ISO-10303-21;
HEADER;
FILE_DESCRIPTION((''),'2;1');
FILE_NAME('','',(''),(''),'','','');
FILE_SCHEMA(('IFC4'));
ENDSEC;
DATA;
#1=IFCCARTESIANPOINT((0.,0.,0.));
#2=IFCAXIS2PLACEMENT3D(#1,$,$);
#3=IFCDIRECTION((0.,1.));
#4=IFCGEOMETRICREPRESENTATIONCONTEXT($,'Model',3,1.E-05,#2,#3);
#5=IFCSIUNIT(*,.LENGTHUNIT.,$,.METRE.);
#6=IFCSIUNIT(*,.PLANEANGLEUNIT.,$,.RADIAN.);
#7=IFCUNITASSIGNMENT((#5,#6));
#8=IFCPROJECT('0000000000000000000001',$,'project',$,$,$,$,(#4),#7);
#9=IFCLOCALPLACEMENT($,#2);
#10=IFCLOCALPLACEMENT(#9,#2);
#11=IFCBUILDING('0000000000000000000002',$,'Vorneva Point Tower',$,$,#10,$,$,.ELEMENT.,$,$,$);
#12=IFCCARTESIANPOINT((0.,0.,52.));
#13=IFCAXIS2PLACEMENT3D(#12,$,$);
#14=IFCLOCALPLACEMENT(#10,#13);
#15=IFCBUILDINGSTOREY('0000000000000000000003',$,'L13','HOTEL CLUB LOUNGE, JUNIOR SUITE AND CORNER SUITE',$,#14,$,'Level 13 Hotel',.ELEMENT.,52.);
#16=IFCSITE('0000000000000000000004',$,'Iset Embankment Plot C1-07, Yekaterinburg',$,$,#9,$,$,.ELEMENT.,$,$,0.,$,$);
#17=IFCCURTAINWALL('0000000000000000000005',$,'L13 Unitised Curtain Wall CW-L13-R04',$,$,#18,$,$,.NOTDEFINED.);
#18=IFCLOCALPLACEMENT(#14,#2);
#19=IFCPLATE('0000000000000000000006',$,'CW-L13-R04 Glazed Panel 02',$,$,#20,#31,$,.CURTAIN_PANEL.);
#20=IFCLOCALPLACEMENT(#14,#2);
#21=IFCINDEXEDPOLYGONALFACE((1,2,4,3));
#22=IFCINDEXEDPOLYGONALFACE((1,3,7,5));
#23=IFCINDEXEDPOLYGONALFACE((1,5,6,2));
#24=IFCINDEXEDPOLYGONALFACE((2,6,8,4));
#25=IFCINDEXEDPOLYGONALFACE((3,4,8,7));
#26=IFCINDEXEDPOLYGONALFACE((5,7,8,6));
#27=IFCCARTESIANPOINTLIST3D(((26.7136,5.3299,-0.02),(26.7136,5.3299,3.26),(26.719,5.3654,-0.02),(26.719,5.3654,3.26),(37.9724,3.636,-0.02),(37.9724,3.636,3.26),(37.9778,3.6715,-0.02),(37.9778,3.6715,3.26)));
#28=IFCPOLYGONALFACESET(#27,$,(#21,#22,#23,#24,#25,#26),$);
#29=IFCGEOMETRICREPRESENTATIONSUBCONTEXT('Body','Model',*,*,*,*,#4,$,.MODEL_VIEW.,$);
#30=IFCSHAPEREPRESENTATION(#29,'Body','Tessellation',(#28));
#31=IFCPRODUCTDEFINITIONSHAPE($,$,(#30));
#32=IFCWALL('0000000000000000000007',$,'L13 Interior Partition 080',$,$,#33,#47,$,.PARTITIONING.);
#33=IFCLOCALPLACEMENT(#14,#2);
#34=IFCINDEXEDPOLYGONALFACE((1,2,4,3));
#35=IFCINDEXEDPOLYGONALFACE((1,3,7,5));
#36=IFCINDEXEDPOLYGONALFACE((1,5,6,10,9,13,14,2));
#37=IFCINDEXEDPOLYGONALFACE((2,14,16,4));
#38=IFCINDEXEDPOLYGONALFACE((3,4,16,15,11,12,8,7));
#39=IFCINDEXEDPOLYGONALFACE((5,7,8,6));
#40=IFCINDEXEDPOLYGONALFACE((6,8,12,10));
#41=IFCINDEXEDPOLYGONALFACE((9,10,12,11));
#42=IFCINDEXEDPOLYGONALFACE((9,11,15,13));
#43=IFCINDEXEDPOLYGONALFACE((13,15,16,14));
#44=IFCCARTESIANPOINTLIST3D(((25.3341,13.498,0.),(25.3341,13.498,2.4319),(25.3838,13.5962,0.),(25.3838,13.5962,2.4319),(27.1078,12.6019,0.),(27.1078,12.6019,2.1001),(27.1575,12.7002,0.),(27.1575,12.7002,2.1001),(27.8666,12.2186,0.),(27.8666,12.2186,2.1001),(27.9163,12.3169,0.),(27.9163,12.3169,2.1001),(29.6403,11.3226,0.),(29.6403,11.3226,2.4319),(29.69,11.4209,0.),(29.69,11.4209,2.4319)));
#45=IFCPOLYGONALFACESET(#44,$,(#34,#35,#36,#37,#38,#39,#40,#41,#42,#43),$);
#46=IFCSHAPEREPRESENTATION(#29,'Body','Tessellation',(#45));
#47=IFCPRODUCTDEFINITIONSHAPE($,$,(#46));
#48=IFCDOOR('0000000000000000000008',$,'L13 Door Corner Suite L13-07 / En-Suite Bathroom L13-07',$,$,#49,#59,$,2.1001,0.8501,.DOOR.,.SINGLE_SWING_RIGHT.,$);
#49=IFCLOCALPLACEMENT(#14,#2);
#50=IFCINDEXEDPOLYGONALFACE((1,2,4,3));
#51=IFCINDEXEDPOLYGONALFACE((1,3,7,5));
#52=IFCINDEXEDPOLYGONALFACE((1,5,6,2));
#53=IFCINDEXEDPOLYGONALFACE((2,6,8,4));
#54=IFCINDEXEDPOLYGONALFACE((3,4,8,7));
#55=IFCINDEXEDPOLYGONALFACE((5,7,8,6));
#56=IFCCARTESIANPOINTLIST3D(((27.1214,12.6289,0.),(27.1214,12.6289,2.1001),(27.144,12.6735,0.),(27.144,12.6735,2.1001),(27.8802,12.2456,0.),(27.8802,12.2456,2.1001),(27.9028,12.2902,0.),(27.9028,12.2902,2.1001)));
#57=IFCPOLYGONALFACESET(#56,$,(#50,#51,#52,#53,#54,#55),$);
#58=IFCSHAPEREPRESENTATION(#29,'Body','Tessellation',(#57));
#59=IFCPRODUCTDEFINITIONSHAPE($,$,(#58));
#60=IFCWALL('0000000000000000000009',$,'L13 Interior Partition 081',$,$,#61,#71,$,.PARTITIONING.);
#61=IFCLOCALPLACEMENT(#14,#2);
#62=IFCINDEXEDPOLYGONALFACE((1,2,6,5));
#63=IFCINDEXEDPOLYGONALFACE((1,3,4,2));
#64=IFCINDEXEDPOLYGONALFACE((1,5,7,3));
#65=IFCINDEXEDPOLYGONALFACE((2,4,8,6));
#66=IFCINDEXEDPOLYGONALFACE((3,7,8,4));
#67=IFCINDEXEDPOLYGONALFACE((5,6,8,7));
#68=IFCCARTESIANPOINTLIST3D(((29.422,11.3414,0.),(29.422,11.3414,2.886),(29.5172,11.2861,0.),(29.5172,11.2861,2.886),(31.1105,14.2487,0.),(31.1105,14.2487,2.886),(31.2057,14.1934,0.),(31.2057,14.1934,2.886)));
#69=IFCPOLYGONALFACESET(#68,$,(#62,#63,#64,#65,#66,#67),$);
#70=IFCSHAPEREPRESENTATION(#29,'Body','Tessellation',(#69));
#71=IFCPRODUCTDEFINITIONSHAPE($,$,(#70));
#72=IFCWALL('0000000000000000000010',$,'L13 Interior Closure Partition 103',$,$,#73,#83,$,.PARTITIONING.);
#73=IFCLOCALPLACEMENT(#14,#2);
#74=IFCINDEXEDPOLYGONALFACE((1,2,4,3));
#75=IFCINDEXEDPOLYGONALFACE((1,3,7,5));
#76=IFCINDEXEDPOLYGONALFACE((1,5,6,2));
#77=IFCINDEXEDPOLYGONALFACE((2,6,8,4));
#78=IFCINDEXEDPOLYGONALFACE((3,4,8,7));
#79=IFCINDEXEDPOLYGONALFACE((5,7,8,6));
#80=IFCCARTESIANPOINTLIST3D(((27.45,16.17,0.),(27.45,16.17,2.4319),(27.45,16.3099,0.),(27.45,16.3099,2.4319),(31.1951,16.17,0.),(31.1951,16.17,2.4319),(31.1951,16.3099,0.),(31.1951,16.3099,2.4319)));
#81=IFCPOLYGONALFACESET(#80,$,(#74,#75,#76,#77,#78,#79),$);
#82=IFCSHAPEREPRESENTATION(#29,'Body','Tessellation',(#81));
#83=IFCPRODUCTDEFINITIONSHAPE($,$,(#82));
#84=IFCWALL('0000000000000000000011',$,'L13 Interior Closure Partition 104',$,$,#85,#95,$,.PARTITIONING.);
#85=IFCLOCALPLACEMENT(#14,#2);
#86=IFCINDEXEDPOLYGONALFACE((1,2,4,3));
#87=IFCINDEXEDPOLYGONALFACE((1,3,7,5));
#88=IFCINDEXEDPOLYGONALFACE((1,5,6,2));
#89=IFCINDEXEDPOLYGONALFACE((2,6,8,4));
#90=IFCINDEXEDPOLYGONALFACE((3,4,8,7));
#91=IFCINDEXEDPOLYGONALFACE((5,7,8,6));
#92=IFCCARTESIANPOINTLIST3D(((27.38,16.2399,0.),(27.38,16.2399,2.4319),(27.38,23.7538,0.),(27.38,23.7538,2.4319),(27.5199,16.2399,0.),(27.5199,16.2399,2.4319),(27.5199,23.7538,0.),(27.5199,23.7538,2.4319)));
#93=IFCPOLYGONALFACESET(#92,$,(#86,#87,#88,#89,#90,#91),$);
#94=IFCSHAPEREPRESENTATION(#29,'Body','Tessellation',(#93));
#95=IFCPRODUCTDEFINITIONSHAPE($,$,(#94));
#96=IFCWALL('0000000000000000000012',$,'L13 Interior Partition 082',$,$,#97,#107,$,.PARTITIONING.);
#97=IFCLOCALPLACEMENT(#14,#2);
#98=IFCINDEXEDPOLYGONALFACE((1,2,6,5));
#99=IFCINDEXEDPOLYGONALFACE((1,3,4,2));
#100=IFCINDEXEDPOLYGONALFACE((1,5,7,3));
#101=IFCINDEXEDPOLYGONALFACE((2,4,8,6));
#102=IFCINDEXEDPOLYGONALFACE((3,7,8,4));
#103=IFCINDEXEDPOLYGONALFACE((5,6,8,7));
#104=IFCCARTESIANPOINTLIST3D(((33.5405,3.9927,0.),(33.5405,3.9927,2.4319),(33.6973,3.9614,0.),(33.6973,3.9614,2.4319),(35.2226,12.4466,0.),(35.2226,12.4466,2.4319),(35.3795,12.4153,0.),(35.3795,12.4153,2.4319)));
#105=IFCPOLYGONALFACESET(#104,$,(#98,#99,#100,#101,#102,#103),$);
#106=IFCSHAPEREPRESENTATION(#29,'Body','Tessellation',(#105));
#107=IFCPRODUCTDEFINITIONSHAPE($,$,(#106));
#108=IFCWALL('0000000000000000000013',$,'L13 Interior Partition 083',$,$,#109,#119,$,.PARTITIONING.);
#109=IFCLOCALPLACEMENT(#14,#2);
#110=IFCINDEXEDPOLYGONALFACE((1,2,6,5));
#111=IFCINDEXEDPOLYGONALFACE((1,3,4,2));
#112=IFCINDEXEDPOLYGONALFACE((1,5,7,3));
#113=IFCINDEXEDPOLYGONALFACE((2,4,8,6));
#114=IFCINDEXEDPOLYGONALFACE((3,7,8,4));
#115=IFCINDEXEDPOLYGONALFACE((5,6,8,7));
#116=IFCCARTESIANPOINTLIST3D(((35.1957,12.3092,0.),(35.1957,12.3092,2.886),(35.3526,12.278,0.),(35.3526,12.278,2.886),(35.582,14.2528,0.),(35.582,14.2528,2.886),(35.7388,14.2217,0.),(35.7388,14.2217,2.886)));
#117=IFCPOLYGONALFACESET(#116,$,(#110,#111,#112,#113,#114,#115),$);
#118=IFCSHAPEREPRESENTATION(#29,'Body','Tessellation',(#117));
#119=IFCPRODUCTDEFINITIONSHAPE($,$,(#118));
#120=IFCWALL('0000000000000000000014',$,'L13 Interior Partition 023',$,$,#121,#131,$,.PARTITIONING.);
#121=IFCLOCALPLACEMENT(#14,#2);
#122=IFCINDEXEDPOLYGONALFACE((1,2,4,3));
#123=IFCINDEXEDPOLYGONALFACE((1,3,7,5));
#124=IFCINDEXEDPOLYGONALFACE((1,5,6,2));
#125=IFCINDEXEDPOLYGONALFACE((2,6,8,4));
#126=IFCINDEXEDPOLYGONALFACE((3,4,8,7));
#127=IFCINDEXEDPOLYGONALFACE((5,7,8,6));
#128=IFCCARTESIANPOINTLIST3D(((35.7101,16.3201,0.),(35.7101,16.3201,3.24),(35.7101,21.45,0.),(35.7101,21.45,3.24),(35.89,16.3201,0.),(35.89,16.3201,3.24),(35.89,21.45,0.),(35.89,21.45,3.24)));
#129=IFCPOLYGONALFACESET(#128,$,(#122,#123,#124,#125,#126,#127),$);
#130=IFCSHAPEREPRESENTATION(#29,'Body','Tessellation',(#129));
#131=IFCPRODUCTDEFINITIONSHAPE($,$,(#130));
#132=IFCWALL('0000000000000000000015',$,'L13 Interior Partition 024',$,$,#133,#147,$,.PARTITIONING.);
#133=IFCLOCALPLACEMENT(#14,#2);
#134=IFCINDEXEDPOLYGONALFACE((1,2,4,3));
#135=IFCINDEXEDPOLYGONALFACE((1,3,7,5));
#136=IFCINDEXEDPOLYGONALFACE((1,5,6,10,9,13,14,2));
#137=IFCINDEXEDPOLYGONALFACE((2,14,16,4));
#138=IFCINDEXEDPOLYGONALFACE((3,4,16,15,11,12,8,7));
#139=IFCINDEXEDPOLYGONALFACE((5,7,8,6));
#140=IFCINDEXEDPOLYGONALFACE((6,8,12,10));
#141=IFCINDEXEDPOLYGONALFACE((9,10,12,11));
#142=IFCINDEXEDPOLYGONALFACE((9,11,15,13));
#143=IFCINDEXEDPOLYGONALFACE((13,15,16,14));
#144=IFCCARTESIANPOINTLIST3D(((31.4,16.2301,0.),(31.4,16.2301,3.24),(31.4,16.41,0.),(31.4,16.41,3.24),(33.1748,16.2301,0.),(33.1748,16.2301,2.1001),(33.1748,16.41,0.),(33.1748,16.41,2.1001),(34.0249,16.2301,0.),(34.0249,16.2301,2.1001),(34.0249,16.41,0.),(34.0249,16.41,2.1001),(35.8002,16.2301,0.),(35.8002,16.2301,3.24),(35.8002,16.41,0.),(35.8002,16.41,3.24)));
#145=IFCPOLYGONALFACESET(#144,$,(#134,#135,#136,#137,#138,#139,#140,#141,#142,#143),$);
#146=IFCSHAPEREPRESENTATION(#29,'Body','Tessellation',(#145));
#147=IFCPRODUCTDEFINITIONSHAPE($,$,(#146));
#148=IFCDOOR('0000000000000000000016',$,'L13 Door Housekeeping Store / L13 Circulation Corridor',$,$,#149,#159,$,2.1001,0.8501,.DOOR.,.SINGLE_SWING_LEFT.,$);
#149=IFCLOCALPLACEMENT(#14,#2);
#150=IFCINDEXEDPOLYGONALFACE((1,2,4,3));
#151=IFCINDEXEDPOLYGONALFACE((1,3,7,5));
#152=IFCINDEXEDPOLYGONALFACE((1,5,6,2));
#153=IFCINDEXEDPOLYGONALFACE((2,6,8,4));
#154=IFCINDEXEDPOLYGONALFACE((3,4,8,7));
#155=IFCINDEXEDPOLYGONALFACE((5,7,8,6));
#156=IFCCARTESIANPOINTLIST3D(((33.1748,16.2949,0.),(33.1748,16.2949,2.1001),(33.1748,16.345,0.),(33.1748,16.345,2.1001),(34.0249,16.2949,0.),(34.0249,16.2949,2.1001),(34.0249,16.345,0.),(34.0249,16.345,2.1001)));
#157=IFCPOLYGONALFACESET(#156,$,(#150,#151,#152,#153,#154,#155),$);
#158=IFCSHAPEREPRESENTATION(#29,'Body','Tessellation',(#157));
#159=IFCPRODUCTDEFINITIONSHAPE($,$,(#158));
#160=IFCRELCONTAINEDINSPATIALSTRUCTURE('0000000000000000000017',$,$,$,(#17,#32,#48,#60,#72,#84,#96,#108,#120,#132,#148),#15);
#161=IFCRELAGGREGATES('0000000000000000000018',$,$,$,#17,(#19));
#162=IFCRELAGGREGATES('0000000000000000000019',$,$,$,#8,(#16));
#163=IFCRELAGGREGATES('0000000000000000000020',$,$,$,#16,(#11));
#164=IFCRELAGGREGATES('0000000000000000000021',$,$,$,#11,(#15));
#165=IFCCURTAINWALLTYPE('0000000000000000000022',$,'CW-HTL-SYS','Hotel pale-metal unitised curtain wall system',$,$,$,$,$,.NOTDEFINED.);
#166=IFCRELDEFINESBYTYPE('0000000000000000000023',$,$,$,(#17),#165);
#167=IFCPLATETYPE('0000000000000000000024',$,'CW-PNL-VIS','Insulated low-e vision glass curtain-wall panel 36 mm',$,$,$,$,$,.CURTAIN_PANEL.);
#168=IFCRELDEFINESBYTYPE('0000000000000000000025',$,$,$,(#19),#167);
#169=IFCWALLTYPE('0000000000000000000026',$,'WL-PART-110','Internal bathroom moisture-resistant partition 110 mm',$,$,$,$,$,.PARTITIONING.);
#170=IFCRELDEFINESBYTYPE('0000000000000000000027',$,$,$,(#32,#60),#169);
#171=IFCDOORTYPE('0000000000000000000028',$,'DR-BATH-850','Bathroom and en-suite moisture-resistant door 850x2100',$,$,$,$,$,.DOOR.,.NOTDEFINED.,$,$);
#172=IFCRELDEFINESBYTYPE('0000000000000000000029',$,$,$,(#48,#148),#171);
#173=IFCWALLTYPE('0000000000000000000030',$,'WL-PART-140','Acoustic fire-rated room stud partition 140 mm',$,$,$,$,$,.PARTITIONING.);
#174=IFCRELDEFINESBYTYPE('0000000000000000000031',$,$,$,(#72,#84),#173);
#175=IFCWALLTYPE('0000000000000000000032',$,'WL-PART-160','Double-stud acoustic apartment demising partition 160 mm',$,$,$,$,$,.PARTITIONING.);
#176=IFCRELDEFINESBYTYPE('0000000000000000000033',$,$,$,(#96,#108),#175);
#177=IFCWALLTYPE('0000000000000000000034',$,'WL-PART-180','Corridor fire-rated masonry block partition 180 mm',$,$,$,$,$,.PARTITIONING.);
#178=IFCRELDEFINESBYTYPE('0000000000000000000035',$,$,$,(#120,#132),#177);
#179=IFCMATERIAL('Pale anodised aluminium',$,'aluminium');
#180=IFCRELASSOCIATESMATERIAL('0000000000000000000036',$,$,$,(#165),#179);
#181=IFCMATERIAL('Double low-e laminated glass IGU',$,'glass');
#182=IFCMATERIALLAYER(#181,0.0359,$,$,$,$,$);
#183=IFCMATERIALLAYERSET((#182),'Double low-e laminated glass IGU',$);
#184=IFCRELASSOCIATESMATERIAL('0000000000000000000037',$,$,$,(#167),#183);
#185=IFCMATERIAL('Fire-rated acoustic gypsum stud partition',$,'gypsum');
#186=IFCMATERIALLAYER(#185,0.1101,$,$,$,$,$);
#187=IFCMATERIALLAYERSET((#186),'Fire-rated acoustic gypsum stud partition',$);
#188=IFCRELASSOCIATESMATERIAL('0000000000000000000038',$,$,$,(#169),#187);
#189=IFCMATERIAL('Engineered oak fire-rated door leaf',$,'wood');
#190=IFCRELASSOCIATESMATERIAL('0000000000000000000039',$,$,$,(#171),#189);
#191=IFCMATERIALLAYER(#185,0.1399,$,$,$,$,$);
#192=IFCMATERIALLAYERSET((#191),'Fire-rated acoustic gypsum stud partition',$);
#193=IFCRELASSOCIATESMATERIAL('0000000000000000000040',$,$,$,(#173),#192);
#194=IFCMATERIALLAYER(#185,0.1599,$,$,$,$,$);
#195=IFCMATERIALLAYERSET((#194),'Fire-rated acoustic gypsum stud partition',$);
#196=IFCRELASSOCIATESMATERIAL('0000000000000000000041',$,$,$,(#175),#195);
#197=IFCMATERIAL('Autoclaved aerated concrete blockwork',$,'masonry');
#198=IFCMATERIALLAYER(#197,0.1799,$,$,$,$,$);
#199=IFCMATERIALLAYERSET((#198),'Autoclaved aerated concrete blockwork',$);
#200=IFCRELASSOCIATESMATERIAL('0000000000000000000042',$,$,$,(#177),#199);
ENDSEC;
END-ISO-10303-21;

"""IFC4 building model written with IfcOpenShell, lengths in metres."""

from ifc_helpers import new_model, si_unit, direction, frame, frame_2d, origin, origin_2d, place, context, subcontext, project, spatial, rectangle, extrude, material, layer, layer_set, type_object, element, fill, aggregate, save


model = new_model("IFC4")

# Units and contexts
model_context = context("Model", 3, precision=1e-05, world=origin(), true_north=direction((0.0, 1.0)))
body_context = subcontext(model_context, "Body", "Model", "MODEL_VIEW")
ifc_project = project(units=[si_unit("LENGTHUNIT", "METRE"), si_unit("PLANEANGLEUNIT", "RADIAN")], contexts=[model_context])

# Site, building, storey
site_placement = place(None, origin())
site = spatial("IfcSite", under=ifc_project, at=site_placement, Name="Iset Embankment Plot C1-07, Yekaterinburg", CompositionType="ELEMENT", RefElevation=0.0)
building_placement = place(site_placement, origin())
building = spatial("IfcBuilding", under=site, at=building_placement, Name="Vorneva Point Tower", CompositionType="ELEMENT")
storey_placement = place(building_placement, frame((0.0, 0.0, 52.0)))
storey = spatial("IfcBuildingStorey", under=building, at=storey_placement, Name="L13", Description="HOTEL CLUB LOUNGE, JUNIOR SUITE AND CORNER SUITE", LongName="Level 13 Hotel", CompositionType="ELEMENT", Elevation=52.0)

# Curtain wall, plate
ifc_material_1 = material(Name="Pale anodised aluminium", Category="aluminium")
curtain_wall_type = type_object("IfcCurtainWallType", Name="CW-HTL-SYS", Description="Hotel pale-metal unitised curtain wall system", PredefinedType="NOTDEFINED", material=ifc_material_1)
curtain_wall_placement = place(storey_placement, origin())
curtain_wall = element("IfcCurtainWall", 1, at=curtain_wall_placement, inside=storey, type_object=curtain_wall_type, Name="L13 Unitised Curtain Wall CW-L13-R04", PredefinedType="NOTDEFINED")
ifc_material_2 = material(Name="Double low-e laminated glass IGU", Category="glass")
ifc_layer_1 = layer(ifc_material_2, 0.0359)
ifc_layer_set_1 = layer_set([ifc_layer_1], Name="Double low-e laminated glass IGU")
plate_type = type_object("IfcPlateType", Name="CW-PNL-VIS", Description="Insulated low-e vision glass curtain-wall panel 36 mm", PredefinedType="CURTAIN_PANEL", material=ifc_layer_set_1)
plate_placement = place(storey_placement, frame((32.3457, 4.5007, -0.02), z_axis=(0.0, 0.0, 1.0), x_axis=(0.988871, -0.148776, 0.0)))
plate = element("IfcPlate", 2, at=plate_placement, type_object=plate_type, Name="CW-L13-R04 Glazed Panel 02", PredefinedType="CURTAIN_PANEL", context=body_context, shape_type="SweptSolid", body=[
    extrude(rectangle(XDim=11.3855, YDim=0.0359, at=origin_2d()), origin(), (0.0, 0.0, 1.0), 3.28),
])
aggregate(curtain_wall, [plate])

# Wall, opening, door
ifc_material_3 = material(Name="Fire-rated acoustic gypsum stud partition", Category="gypsum")
ifc_layer_2 = layer(ifc_material_3, 0.1101)
ifc_layer_set_2 = layer_set([ifc_layer_2], Name="Fire-rated acoustic gypsum stud partition")
wall_type_1 = type_object("IfcWallType", Name="WL-PART-110", Description="Internal bathroom moisture-resistant partition 110 mm", PredefinedType="PARTITIONING", material=ifc_layer_set_2)
wall_1_placement = place(storey_placement, frame((29.665, 11.3718, 0.0), z_axis=(0.0, 0.0, 1.0), x_axis=(-0.892578, 0.450894, 0.0)))
wall_1 = element("IfcWall", 3, at=wall_1_placement, inside=storey, type_object=wall_type_1, Name="L13 Interior Partition 080", PredefinedType="PARTITIONING", context=body_context, shape_type="SweptSolid", body=[
    extrude(rectangle(XDim=4.8245, YDim=0.1101, at=frame_2d((2.4121, 0.0))), origin(), (0.0, 0.0, 1.0), 2.4319),
])
opening_1_placement = place(wall_1_placement, frame((1.9871, 0.0, 0.0)))
opening_1 = element("IfcOpeningElement", 4, at=opening_1_placement, cuts=wall_1, PredefinedType="OPENING", context=body_context, shape_type="SweptSolid", body=[
    extrude(rectangle(XDim=0.8501, YDim=2.1001, at=frame_2d((0.425, 1.05))), frame((0.0, 0.0698, 0.0), z_axis=(0.0, -1.0, 0.0), x_axis=(1.0, 0.0, 0.0)), (0.0, 0.0, 1.0), 0.1399),
])
ifc_material_4 = material(Name="Engineered oak fire-rated door leaf", Category="wood")
door_type_1 = type_object("IfcDoorType", Name="DR-BATH-850", Description="Bathroom and en-suite moisture-resistant door 850x2100", OperationType="NOTDEFINED", PredefinedType="DOOR", material=ifc_material_4)
door_1_placement = place(opening_1_placement, origin())
door_1 = element("IfcDoor", 5, at=door_1_placement, inside=storey, type_object=door_type_1, Name="L13 Door Corner Suite L13-07 / En-Suite Bathroom L13-07", OperationType="SINGLE_SWING_RIGHT", OverallHeight=2.1001, OverallWidth=0.8501, PredefinedType="DOOR", context=body_context, shape_type="SweptSolid", body=[
    extrude(rectangle(XDim=0.8501, YDim=2.1001, at=frame_2d((0.425, 1.05))), frame((0.0, 0.0249, 0.0), z_axis=(0.0, -1.0, 0.0), x_axis=(1.0, 0.0, 0.0)), (0.0, 0.0, 1.0), 0.05),
])
fill(opening_1, door_1)

# Walls
wall_2_placement = place(storey_placement, frame((31.1582, 14.2212, 0.0), z_axis=(0.0, 0.0, 1.0), x_axis=(-0.502227, -0.864736, 0.0)))
element("IfcWall", 6, at=wall_2_placement, inside=storey, type_object=wall_type_1, Name="L13 Interior Partition 081", PredefinedType="PARTITIONING", context=body_context, shape_type="SweptSolid", body=[
    extrude(rectangle(XDim=3.3621, YDim=0.1101, at=frame_2d((1.6812, 0.0))), origin(), (0.0, 0.0, 1.0), 2.886),
])
ifc_layer_3 = layer(ifc_material_3, 0.1399)
ifc_layer_set_3 = layer_set([ifc_layer_3], Name="Fire-rated acoustic gypsum stud partition")
wall_type_2 = type_object("IfcWallType", Name="WL-PART-140", Description="Acoustic fire-rated room stud partition 140 mm", PredefinedType="PARTITIONING", material=ifc_layer_set_3)
wall_3_placement = place(storey_placement, frame((31.1951, 16.24, 0.0), z_axis=(0.0, 0.0, 1.0), x_axis=(-1.0, 0.0, 0.0)))
element("IfcWall", 7, at=wall_3_placement, inside=storey, type_object=wall_type_2, Name="L13 Interior Closure Partition 103", PredefinedType="PARTITIONING", context=body_context, shape_type="SweptSolid", body=[
    extrude(rectangle(XDim=3.7451, YDim=0.1399, at=frame_2d((1.8726, 0.0))), origin(), (0.0, 0.0, 1.0), 2.4319),
])
wall_4_placement = place(storey_placement, frame((27.45, 16.24, 0.0), z_axis=(0.0, 0.0, 1.0), x_axis=(0.0, 1.0, 0.0)))
element("IfcWall", 8, at=wall_4_placement, inside=storey, type_object=wall_type_2, Name="L13 Interior Closure Partition 104", PredefinedType="PARTITIONING", context=body_context, shape_type="SweptSolid", body=[
    extrude(rectangle(XDim=7.5139, YDim=0.1399, at=frame_2d((3.7568, 0.0))), origin(), (0.0, 0.0, 1.0), 2.4319),
])
ifc_layer_4 = layer(ifc_material_3, 0.1599)
ifc_layer_set_4 = layer_set([ifc_layer_4], Name="Fire-rated acoustic gypsum stud partition")
wall_type_3 = type_object("IfcWallType", Name="WL-PART-160", Description="Double-stud acoustic apartment demising partition 160 mm", PredefinedType="PARTITIONING", material=ifc_layer_set_4)
wall_5_placement = place(storey_placement, frame((33.6189, 3.9771, 0.0), z_axis=(0.0, 0.0, 1.0), x_axis=(0.195152, 0.980773, 0.0)))
element("IfcWall", 9, at=wall_5_placement, inside=storey, type_object=wall_type_3, Name="L13 Interior Partition 082", PredefinedType="PARTITIONING", context=body_context, shape_type="SweptSolid", body=[
    extrude(rectangle(XDim=8.6196, YDim=0.1599, at=frame_2d((4.3098, 0.0))), origin(), (0.0, 0.0, 1.0), 2.4319),
])
wall_6_placement = place(storey_placement, frame((35.2742, 12.2937, 0.0), z_axis=(0.0, 0.0, 1.0), x_axis=(0.194908, 0.980822, 0.0)))
element("IfcWall", 10, at=wall_6_placement, inside=storey, type_object=wall_type_3, Name="L13 Interior Partition 083", PredefinedType="PARTITIONING", context=body_context, shape_type="SweptSolid", body=[
    extrude(rectangle(XDim=1.9817, YDim=0.1599, at=frame_2d((0.9907, 0.0))), origin(), (0.0, 0.0, 1.0), 2.886),
])
ifc_material_5 = material(Name="Autoclaved aerated concrete blockwork", Category="masonry")
ifc_layer_5 = layer(ifc_material_5, 0.1799)
ifc_layer_set_5 = layer_set([ifc_layer_5], Name="Autoclaved aerated concrete blockwork")
wall_type_4 = type_object("IfcWallType", Name="WL-PART-180", Description="Corridor fire-rated masonry block partition 180 mm", PredefinedType="PARTITIONING", material=ifc_layer_set_5)
wall_7_placement = place(storey_placement, frame((35.8, 16.3201, 0.0), z_axis=(0.0, 0.0, 1.0), x_axis=(0.0, 1.0, 0.0)))
element("IfcWall", 11, at=wall_7_placement, inside=storey, type_object=wall_type_4, Name="L13 Interior Partition 023", PredefinedType="PARTITIONING", context=body_context, shape_type="SweptSolid", body=[
    extrude(rectangle(XDim=5.1299, YDim=0.1799, at=frame_2d((2.5649, 0.0))), origin(), (0.0, 0.0, 1.0), 3.24),
])

# Wall, opening, door
wall_8_placement = place(storey_placement, frame((31.3999, 16.3201, 0.0), z_axis=(0.0, 0.0, 1.0), x_axis=(1.0, 0.0, 0.0)))
wall_8 = element("IfcWall", 12, at=wall_8_placement, inside=storey, type_object=wall_type_4, Name="L13 Interior Partition 024", PredefinedType="PARTITIONING", context=body_context, shape_type="SweptSolid", body=[
    extrude(rectangle(XDim=4.4001, YDim=0.1799, at=frame_2d((2.2002, 0.0))), origin(), (0.0, 0.0, 1.0), 3.24),
])
opening_2_placement = place(wall_8_placement, frame((1.7749, 0.0, 0.0)))
opening_2 = element("IfcOpeningElement", 13, at=opening_2_placement, cuts=wall_8, PredefinedType="OPENING", context=body_context, shape_type="SweptSolid", body=[
    extrude(rectangle(XDim=0.8501, YDim=2.1001, at=frame_2d((0.425, 1.05))), frame((0.0, 0.105, 0.0), z_axis=(0.0, -1.0, 0.0), x_axis=(1.0, 0.0, 0.0)), (0.0, 0.0, 1.0), 0.2097),
])
door_2_placement = place(opening_2_placement, origin())
door_2 = element("IfcDoor", 14, at=door_2_placement, inside=storey, type_object=door_type_1, Name="L13 Door Housekeeping Store / L13 Circulation Corridor", OperationType="SINGLE_SWING_LEFT", OverallHeight=2.1001, OverallWidth=0.8501, PredefinedType="DOOR", context=body_context, shape_type="SweptSolid", body=[
    extrude(rectangle(XDim=0.8501, YDim=2.1001, at=frame_2d((0.425, 1.05))), frame((0.0, 0.0249, 0.0), z_axis=(0.0, -1.0, 0.0), x_axis=(1.0, 0.0, 0.0)), (0.0, 0.0, 1.0), 0.05),
])
fill(opening_2, door_2)

save(model, "model.ifc")
